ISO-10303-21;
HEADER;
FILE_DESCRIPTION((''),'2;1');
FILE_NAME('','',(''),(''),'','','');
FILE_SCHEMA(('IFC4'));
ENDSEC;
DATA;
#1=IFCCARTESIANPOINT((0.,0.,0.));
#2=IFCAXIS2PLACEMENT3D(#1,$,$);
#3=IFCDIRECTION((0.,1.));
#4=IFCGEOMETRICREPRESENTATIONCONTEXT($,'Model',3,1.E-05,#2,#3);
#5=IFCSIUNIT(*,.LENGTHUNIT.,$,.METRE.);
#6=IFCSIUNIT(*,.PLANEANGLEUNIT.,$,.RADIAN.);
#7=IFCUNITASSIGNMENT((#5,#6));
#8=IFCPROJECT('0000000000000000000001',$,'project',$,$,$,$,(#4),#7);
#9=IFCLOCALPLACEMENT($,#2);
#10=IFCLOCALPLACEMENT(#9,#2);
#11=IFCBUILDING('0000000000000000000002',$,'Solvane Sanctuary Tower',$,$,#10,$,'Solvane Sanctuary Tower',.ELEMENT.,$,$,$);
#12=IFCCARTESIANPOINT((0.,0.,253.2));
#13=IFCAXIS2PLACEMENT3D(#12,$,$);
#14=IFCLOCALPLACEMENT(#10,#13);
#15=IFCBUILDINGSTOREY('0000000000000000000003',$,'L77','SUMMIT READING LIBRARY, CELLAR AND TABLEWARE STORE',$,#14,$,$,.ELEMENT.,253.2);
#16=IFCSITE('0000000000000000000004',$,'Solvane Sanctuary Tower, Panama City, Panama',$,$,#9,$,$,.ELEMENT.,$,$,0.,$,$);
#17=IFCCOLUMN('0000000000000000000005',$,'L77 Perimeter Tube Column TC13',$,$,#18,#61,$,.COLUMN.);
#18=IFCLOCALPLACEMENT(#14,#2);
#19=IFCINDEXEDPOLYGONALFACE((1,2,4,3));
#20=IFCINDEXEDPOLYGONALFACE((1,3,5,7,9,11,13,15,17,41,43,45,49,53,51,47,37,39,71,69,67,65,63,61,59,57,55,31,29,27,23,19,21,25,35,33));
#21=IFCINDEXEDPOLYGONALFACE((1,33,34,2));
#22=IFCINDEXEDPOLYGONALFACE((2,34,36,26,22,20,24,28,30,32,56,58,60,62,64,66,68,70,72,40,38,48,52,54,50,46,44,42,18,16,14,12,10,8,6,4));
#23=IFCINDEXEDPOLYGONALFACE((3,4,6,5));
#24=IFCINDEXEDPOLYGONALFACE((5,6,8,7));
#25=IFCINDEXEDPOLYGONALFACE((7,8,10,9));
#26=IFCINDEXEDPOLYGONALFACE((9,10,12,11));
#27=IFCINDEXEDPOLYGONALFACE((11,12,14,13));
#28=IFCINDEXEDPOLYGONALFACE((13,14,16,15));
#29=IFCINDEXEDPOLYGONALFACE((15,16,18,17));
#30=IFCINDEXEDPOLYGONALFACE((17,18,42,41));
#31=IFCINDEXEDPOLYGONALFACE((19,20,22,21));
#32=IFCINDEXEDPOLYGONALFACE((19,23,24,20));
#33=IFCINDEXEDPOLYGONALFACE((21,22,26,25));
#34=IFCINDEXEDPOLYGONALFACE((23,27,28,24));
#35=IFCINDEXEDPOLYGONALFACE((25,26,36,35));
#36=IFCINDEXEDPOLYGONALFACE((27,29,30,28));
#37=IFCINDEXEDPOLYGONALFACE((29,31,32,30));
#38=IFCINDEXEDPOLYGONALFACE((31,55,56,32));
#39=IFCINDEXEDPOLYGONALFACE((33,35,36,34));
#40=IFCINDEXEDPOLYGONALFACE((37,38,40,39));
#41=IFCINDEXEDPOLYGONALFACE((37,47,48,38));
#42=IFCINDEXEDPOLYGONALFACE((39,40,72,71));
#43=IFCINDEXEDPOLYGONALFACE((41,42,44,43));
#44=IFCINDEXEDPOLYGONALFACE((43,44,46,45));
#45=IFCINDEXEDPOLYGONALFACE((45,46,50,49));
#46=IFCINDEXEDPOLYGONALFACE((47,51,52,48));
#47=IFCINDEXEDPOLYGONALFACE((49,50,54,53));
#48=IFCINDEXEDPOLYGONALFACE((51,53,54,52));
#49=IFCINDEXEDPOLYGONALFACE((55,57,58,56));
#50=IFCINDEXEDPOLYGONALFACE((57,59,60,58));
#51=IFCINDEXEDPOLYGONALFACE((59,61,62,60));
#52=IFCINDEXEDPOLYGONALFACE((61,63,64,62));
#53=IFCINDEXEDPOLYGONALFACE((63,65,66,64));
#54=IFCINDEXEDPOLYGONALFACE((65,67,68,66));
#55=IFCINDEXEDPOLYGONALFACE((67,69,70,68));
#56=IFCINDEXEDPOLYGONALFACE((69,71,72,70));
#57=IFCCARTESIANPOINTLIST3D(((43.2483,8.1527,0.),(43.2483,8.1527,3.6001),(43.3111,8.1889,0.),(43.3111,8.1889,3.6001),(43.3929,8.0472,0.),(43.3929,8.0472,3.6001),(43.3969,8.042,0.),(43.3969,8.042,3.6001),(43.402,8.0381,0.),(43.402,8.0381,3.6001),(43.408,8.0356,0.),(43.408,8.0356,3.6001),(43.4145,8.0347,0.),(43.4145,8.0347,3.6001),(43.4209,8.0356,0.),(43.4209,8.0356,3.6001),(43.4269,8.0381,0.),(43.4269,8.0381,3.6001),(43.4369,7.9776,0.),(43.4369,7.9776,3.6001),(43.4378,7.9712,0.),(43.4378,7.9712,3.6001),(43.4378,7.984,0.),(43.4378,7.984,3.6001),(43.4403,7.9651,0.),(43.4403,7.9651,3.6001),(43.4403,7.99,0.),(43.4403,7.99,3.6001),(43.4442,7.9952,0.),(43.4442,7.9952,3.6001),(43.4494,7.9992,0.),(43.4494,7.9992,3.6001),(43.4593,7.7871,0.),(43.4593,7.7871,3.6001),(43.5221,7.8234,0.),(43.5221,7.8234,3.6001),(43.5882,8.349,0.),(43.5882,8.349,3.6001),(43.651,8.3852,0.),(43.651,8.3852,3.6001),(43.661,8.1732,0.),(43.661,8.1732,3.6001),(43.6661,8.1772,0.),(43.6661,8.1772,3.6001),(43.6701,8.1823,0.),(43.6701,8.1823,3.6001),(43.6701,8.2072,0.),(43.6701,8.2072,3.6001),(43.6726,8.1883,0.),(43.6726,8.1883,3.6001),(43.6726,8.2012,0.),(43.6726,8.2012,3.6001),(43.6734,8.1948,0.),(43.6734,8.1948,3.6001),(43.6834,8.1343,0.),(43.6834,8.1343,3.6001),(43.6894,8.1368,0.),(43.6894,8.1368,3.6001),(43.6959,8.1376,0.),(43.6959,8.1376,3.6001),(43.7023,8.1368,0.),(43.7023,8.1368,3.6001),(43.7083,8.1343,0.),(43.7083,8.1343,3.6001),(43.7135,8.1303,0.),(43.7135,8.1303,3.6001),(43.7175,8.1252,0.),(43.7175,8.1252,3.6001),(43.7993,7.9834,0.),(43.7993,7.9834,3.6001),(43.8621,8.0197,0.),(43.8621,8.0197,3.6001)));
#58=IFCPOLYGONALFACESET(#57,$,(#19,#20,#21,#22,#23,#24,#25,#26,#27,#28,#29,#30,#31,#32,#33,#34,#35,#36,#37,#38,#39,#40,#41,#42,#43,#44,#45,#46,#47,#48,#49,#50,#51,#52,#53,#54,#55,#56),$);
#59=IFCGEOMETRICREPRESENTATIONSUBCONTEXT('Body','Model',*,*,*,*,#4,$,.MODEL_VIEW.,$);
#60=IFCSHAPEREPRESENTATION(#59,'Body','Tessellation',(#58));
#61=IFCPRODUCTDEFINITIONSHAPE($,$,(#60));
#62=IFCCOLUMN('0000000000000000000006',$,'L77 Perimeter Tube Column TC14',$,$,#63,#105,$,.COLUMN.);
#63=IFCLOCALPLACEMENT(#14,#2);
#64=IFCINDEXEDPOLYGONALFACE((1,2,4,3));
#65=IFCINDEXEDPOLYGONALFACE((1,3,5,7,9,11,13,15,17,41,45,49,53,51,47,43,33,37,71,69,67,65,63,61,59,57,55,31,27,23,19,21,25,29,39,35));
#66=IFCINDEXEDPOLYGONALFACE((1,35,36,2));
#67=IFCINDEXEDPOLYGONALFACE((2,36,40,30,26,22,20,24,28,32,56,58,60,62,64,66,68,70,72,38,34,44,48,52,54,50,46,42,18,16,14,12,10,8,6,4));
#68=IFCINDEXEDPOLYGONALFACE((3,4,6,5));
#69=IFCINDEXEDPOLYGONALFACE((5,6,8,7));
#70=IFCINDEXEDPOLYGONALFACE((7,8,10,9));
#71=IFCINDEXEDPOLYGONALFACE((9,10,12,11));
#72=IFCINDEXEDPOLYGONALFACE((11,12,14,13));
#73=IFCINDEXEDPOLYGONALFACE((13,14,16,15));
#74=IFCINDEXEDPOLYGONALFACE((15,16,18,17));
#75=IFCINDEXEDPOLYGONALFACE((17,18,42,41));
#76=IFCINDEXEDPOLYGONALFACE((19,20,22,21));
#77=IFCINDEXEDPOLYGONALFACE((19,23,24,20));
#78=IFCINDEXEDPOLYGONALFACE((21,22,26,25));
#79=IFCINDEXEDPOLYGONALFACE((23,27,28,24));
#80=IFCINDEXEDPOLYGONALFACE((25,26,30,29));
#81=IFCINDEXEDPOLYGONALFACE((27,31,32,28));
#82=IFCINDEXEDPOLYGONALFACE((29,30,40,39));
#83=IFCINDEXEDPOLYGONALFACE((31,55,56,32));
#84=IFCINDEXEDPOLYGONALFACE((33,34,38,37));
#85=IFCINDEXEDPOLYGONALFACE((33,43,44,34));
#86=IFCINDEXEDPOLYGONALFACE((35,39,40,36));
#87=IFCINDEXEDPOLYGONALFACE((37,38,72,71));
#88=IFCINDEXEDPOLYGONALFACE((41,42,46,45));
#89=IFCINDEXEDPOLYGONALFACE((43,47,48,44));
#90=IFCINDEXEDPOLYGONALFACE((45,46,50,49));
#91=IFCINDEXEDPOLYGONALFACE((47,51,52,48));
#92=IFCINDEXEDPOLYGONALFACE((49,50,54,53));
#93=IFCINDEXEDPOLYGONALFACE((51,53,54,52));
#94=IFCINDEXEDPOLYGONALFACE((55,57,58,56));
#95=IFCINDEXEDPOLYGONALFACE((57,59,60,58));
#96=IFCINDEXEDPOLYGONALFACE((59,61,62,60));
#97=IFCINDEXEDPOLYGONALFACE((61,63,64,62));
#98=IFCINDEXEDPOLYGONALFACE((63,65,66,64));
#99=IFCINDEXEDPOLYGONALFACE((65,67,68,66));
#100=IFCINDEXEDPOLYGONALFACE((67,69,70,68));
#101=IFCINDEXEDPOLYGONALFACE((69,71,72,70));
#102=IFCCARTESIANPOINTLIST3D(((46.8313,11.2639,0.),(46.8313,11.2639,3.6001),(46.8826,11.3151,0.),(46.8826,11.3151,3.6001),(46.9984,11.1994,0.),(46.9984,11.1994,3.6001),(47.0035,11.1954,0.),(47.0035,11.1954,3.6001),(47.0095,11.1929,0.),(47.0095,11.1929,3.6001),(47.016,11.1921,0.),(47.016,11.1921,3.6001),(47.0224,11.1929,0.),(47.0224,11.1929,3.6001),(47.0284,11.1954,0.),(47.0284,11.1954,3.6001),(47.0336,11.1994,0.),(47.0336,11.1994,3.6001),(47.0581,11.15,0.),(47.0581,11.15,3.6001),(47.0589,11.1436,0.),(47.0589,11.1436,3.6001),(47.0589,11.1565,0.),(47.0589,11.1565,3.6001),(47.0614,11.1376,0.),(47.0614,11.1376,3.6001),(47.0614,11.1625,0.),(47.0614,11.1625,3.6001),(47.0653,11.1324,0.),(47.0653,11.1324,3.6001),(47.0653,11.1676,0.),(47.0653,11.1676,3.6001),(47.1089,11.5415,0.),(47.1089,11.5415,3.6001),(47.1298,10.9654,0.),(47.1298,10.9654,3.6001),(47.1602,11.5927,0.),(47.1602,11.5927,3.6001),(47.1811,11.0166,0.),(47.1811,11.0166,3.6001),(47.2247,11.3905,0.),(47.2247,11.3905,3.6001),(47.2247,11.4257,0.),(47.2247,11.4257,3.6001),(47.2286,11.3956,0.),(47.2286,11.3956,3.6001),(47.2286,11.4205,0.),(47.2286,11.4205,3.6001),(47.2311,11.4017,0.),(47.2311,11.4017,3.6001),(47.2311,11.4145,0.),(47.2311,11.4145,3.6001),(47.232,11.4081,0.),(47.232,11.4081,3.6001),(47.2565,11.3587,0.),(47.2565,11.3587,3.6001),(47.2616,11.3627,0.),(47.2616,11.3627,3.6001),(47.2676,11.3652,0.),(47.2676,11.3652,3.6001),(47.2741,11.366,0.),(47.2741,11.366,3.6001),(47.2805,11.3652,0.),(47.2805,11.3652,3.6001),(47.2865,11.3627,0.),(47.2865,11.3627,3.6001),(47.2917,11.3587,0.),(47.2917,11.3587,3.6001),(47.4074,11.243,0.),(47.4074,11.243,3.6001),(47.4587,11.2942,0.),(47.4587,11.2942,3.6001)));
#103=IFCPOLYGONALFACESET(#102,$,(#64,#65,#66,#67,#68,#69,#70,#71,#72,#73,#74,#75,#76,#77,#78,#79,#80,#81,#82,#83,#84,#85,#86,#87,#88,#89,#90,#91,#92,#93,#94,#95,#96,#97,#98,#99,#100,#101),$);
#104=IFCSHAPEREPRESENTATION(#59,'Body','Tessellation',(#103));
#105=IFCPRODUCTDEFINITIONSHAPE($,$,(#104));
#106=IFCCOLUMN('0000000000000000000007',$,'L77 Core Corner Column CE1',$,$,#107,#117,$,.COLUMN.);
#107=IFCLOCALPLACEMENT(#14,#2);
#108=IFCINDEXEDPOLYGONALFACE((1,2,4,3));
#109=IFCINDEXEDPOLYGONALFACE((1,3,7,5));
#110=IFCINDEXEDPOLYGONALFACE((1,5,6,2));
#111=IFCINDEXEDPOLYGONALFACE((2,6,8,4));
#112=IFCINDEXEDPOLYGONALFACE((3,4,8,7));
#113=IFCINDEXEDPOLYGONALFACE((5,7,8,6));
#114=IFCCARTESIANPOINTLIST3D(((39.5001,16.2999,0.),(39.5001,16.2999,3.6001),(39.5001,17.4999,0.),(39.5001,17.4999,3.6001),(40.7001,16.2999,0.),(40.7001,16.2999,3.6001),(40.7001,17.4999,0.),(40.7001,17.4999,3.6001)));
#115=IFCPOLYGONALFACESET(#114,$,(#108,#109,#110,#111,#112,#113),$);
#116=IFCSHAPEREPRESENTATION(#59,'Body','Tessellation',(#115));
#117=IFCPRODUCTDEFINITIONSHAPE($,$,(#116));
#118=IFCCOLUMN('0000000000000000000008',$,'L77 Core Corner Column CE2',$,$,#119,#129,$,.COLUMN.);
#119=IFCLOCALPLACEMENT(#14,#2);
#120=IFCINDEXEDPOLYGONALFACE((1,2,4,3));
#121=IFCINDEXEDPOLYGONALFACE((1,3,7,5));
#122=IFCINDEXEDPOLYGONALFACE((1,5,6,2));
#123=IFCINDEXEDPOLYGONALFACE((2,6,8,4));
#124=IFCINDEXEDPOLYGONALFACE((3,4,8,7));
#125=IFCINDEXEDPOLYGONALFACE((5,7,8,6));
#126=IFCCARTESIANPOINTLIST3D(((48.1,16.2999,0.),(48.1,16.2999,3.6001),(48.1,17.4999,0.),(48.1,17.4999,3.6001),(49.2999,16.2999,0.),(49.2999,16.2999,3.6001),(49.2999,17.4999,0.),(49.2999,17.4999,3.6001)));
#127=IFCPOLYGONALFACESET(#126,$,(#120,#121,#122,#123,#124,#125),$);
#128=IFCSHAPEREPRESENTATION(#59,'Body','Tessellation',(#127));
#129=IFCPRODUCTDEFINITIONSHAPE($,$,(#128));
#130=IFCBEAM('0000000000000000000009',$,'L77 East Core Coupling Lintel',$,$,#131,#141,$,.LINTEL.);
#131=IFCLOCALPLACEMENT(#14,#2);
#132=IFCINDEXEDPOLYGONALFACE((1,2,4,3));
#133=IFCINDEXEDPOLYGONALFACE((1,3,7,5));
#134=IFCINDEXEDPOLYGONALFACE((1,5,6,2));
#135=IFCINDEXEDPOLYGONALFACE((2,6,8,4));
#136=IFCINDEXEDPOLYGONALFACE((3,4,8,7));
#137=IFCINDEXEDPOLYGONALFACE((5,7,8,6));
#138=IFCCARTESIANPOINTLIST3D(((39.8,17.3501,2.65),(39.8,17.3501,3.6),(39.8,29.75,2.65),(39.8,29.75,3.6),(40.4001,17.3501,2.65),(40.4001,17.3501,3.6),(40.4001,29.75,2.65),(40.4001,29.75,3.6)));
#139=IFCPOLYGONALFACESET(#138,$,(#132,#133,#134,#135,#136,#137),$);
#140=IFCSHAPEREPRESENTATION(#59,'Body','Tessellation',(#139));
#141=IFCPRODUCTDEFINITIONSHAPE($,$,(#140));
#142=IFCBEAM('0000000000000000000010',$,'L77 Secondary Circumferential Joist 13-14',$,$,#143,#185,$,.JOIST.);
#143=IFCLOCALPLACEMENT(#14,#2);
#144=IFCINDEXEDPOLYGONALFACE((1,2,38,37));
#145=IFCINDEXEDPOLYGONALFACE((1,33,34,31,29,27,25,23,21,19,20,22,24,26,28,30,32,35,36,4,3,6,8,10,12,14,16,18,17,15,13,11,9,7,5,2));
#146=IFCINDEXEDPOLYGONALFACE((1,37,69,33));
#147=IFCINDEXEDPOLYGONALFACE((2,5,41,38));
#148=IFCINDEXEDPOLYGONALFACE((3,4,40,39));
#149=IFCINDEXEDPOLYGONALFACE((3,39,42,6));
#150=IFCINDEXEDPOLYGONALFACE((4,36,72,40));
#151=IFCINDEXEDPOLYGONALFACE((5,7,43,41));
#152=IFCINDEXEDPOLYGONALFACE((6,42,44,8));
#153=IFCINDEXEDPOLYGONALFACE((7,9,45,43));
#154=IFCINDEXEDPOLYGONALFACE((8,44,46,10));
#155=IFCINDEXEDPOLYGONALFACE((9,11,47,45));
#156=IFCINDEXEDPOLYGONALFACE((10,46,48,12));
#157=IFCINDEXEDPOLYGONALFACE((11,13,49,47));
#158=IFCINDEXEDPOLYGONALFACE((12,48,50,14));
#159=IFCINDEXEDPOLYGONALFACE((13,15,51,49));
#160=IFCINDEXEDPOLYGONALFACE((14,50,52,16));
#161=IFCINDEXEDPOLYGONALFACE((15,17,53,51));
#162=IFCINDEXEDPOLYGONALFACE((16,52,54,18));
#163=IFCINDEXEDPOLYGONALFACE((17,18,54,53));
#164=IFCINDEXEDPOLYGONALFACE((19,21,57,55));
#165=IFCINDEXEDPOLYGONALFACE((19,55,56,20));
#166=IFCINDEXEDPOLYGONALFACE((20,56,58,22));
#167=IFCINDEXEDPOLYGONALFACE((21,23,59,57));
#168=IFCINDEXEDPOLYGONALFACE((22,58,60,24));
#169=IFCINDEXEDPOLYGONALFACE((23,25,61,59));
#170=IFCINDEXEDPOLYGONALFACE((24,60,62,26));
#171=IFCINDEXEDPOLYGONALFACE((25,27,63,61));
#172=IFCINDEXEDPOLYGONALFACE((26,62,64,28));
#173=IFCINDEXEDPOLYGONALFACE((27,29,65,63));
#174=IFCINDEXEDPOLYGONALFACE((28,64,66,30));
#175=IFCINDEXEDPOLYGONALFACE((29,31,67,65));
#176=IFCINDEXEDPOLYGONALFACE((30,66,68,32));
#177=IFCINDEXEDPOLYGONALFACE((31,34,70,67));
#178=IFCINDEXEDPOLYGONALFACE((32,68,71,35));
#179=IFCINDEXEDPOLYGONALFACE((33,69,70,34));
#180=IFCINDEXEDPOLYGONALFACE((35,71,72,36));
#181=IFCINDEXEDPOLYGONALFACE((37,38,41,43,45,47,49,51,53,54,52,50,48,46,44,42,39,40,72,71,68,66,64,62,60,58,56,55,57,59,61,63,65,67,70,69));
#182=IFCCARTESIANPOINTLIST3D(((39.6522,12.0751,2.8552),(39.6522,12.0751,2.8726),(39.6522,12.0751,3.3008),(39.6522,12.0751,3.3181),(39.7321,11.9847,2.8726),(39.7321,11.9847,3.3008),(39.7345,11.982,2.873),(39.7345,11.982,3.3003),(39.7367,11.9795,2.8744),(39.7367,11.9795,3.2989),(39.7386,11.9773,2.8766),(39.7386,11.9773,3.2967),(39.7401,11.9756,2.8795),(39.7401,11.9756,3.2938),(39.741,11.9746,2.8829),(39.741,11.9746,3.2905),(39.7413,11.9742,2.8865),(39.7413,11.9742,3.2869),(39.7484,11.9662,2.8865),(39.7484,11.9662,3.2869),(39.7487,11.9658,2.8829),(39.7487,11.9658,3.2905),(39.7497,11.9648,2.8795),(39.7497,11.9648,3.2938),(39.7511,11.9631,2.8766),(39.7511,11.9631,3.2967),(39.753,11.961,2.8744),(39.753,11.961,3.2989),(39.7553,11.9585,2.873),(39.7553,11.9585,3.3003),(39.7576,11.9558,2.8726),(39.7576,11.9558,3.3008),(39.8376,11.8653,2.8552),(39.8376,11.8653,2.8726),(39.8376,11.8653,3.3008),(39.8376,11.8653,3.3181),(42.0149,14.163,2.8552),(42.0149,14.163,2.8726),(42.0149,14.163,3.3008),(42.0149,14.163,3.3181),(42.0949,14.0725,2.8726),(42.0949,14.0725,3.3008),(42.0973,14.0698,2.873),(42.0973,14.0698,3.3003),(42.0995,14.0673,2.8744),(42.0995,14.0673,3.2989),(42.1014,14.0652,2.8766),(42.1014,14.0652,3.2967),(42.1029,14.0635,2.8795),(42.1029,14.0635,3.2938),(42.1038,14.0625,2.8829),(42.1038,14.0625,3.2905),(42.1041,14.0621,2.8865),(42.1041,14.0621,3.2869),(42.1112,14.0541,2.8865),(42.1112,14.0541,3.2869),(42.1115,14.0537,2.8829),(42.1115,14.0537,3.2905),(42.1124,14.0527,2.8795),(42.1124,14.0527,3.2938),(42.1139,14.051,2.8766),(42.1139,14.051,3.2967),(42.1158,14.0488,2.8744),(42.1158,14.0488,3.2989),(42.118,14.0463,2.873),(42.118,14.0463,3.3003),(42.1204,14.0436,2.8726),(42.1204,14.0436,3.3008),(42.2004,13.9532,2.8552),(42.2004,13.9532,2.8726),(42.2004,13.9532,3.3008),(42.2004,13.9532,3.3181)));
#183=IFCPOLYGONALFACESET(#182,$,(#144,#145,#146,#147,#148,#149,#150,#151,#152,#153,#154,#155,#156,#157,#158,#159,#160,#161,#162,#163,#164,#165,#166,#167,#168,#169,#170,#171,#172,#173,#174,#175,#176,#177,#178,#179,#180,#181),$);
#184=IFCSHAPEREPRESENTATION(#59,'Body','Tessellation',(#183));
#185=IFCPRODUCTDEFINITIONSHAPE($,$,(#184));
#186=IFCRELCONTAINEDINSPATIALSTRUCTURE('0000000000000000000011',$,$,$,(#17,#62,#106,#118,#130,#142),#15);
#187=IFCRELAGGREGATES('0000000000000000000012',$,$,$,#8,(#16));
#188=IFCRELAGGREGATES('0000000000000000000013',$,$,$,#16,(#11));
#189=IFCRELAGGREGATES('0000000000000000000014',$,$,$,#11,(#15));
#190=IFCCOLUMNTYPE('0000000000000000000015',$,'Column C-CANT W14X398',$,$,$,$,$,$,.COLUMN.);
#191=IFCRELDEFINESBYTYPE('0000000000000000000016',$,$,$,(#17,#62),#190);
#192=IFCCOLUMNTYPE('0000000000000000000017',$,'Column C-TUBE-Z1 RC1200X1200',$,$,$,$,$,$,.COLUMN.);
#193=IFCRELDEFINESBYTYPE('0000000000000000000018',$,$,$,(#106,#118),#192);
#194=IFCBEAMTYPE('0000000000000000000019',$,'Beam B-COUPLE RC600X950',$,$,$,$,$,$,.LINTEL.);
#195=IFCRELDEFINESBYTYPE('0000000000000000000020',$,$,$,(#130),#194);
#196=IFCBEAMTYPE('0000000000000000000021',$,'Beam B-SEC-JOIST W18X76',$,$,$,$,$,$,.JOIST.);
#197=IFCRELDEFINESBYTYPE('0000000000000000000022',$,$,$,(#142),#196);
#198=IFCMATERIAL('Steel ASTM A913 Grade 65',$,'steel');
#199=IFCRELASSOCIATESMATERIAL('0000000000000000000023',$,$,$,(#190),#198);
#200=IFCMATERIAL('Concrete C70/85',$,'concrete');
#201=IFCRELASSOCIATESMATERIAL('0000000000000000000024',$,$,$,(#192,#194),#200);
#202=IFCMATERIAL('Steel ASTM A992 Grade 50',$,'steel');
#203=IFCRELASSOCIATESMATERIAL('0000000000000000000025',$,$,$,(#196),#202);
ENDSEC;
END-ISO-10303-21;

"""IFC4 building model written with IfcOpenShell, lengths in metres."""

from ifc_helpers import new_model, si_unit, direction, frame, origin, origin_2d, place, context, subcontext, project, spatial, rectangle, i_section, extrude, material, material_profile, profile_set, type_object, element, save


model = new_model("IFC4")

# Units and contexts
model_context = context("Model", 3, precision=1e-05, world=origin(), true_north=direction((0.0, 1.0)))
body_context = subcontext(model_context, "Body", "Model", "MODEL_VIEW")
ifc_project = project(units=[si_unit("LENGTHUNIT", "METRE"), si_unit("PLANEANGLEUNIT", "RADIAN")], contexts=[model_context])

# Site, building, storey
site_placement = place(None, origin())
site = spatial("IfcSite", under=ifc_project, at=site_placement, Name="Solvane Sanctuary Tower, Panama City, Panama", CompositionType="ELEMENT", RefElevation=0.0)
building_placement = place(site_placement, origin())
building = spatial("IfcBuilding", under=site, at=building_placement, Name="Solvane Sanctuary Tower", LongName="Solvane Sanctuary Tower", CompositionType="ELEMENT")
storey_placement = place(building_placement, frame((0.0, 0.0, 253.2)))
storey = spatial("IfcBuildingStorey", under=building, at=storey_placement, Name="L77", Description="SUMMIT READING LIBRARY, CELLAR AND TABLEWARE STORE", CompositionType="ELEMENT", Elevation=253.2)

# Columns
ifc_material_1 = material(Name="Steel ASTM A913 Grade 65", Category="steel")
ifc_material_profile_1 = material_profile(ifc_material_1, i_section(OverallWidth=0.4221, OverallDepth=0.4651, WebThickness=0.0449, FlangeThickness=0.0725, FilletRadius=0.0249, at=origin_2d()), Name="W14X398")
ifc_profile_set_1 = profile_set([ifc_material_profile_1], Name="Steel ASTM A913 Grade 65")
column_type_1 = type_object("IfcColumnType", Name="Column C-CANT W14X398", PredefinedType="COLUMN", material=ifc_profile_set_1)
for number, where, z_axis, x_axis, name in (
    (1, (43.5552, 8.0862, 0.0), (0.0, 0.0, 1.0), (0.5, -0.866025, 0.0), "L77 Perimeter Tube Column TC13"),
    (2, (47.145, 11.2791, 0.0), (0.0, 0.0, 1.0), (0.707107, -0.707107, 0.0), "L77 Perimeter Tube Column TC14"),
):
    element("IfcColumn", number, at=place(storey_placement, frame(where, z_axis=z_axis, x_axis=x_axis)), inside=storey, type_object=column_type_1, Name=name, PredefinedType="COLUMN", context=body_context, shape_type="SweptSolid", body=[
        extrude(i_section(OverallWidth=0.4221, OverallDepth=0.4651, WebThickness=0.0449, FlangeThickness=0.0725, FilletRadius=0.0249, at=origin_2d()), origin(), (0.0, 0.0, 1.0), 3.6001),
    ])
ifc_material_2 = material(Name="Concrete C70/85", Category="concrete")
ifc_material_profile_2 = material_profile(ifc_material_2, rectangle(XDim=1.2, YDim=1.2, at=origin_2d()), Name="RC1200X1200")
ifc_profile_set_2 = profile_set([ifc_material_profile_2], Name="Concrete C70/85")
column_type_2 = type_object("IfcColumnType", Name="Column C-TUBE-Z1 RC1200X1200", PredefinedType="COLUMN", material=ifc_profile_set_2)
for number, where, z_axis, x_axis, name in (
    (3, (40.1001, 16.8999, 0.0), (0.0, 0.0, 1.0), (1.0, 0.0, 0.0), "L77 Core Corner Column CE1"),
    (4, (48.7, 16.8999, 0.0), (0.0, 0.0, 1.0), (1.0, 0.0, 0.0), "L77 Core Corner Column CE2"),
):
    element("IfcColumn", number, at=place(storey_placement, frame(where, z_axis=z_axis, x_axis=x_axis)), inside=storey, type_object=column_type_2, Name=name, PredefinedType="COLUMN", context=body_context, shape_type="SweptSolid", body=[
        extrude(rectangle(XDim=1.2, YDim=1.2, at=origin_2d()), origin(), (0.0, 0.0, 1.0), 3.6001),
    ])

# Beams
ifc_material_profile_3 = material_profile(ifc_material_2, rectangle(XDim=0.6001, YDim=0.95, at=origin_2d()), Name="RC600X950")
ifc_profile_set_3 = profile_set([ifc_material_profile_3], Name="Concrete C70/85")
beam_type_1 = type_object("IfcBeamType", Name="Beam B-COUPLE RC600X950", PredefinedType="LINTEL", material=ifc_profile_set_3)
beam_1_placement = place(storey_placement, frame((40.1001, 17.3501, 3.125), z_axis=(0.0, 1.0, 0.0), x_axis=(-1.0, 0.0, 0.0)))
element("IfcBeam", 5, at=beam_1_placement, inside=storey, type_object=beam_type_1, Name="L77 East Core Coupling Lintel", PredefinedType="LINTEL", context=body_context, shape_type="SweptSolid", body=[
    extrude(rectangle(XDim=0.6001, YDim=0.95, at=origin_2d()), origin(), (0.0, 0.0, 1.0), 12.3999),
])
ifc_material_3 = material(Name="Steel ASTM A992 Grade 50", Category="steel")
ifc_material_profile_4 = material_profile(ifc_material_3, i_section(OverallWidth=0.28, OverallDepth=0.4629, WebThickness=0.0107, FlangeThickness=0.0173, FilletRadius=0.0139, at=origin_2d()), Name="W18X76")
ifc_profile_set_4 = profile_set([ifc_material_profile_4], Name="Steel ASTM A992 Grade 50")
beam_type_2 = type_object("IfcBeamType", Name="Beam B-SEC-JOIST W18X76", PredefinedType="JOIST", material=ifc_profile_set_4)
beam_2_placement = place(storey_placement, frame((39.7449, 11.9702, 3.0867), z_axis=(0.749354, 0.662169, 0.0), x_axis=(-0.662169, 0.749354, 0.0)))
element("IfcBeam", 6, at=beam_2_placement, inside=storey, type_object=beam_type_2, Name="L77 Secondary Circumferential Joist 13-14", PredefinedType="JOIST", context=body_context, shape_type="SweptSolid", body=[
    extrude(i_section(OverallWidth=0.28, OverallDepth=0.4629, WebThickness=0.0107, FlangeThickness=0.0173, FilletRadius=0.0139, at=origin_2d()), origin(), (0.0, 0.0, 1.0), 3.1531),
])

save(model, "model.ifc")
